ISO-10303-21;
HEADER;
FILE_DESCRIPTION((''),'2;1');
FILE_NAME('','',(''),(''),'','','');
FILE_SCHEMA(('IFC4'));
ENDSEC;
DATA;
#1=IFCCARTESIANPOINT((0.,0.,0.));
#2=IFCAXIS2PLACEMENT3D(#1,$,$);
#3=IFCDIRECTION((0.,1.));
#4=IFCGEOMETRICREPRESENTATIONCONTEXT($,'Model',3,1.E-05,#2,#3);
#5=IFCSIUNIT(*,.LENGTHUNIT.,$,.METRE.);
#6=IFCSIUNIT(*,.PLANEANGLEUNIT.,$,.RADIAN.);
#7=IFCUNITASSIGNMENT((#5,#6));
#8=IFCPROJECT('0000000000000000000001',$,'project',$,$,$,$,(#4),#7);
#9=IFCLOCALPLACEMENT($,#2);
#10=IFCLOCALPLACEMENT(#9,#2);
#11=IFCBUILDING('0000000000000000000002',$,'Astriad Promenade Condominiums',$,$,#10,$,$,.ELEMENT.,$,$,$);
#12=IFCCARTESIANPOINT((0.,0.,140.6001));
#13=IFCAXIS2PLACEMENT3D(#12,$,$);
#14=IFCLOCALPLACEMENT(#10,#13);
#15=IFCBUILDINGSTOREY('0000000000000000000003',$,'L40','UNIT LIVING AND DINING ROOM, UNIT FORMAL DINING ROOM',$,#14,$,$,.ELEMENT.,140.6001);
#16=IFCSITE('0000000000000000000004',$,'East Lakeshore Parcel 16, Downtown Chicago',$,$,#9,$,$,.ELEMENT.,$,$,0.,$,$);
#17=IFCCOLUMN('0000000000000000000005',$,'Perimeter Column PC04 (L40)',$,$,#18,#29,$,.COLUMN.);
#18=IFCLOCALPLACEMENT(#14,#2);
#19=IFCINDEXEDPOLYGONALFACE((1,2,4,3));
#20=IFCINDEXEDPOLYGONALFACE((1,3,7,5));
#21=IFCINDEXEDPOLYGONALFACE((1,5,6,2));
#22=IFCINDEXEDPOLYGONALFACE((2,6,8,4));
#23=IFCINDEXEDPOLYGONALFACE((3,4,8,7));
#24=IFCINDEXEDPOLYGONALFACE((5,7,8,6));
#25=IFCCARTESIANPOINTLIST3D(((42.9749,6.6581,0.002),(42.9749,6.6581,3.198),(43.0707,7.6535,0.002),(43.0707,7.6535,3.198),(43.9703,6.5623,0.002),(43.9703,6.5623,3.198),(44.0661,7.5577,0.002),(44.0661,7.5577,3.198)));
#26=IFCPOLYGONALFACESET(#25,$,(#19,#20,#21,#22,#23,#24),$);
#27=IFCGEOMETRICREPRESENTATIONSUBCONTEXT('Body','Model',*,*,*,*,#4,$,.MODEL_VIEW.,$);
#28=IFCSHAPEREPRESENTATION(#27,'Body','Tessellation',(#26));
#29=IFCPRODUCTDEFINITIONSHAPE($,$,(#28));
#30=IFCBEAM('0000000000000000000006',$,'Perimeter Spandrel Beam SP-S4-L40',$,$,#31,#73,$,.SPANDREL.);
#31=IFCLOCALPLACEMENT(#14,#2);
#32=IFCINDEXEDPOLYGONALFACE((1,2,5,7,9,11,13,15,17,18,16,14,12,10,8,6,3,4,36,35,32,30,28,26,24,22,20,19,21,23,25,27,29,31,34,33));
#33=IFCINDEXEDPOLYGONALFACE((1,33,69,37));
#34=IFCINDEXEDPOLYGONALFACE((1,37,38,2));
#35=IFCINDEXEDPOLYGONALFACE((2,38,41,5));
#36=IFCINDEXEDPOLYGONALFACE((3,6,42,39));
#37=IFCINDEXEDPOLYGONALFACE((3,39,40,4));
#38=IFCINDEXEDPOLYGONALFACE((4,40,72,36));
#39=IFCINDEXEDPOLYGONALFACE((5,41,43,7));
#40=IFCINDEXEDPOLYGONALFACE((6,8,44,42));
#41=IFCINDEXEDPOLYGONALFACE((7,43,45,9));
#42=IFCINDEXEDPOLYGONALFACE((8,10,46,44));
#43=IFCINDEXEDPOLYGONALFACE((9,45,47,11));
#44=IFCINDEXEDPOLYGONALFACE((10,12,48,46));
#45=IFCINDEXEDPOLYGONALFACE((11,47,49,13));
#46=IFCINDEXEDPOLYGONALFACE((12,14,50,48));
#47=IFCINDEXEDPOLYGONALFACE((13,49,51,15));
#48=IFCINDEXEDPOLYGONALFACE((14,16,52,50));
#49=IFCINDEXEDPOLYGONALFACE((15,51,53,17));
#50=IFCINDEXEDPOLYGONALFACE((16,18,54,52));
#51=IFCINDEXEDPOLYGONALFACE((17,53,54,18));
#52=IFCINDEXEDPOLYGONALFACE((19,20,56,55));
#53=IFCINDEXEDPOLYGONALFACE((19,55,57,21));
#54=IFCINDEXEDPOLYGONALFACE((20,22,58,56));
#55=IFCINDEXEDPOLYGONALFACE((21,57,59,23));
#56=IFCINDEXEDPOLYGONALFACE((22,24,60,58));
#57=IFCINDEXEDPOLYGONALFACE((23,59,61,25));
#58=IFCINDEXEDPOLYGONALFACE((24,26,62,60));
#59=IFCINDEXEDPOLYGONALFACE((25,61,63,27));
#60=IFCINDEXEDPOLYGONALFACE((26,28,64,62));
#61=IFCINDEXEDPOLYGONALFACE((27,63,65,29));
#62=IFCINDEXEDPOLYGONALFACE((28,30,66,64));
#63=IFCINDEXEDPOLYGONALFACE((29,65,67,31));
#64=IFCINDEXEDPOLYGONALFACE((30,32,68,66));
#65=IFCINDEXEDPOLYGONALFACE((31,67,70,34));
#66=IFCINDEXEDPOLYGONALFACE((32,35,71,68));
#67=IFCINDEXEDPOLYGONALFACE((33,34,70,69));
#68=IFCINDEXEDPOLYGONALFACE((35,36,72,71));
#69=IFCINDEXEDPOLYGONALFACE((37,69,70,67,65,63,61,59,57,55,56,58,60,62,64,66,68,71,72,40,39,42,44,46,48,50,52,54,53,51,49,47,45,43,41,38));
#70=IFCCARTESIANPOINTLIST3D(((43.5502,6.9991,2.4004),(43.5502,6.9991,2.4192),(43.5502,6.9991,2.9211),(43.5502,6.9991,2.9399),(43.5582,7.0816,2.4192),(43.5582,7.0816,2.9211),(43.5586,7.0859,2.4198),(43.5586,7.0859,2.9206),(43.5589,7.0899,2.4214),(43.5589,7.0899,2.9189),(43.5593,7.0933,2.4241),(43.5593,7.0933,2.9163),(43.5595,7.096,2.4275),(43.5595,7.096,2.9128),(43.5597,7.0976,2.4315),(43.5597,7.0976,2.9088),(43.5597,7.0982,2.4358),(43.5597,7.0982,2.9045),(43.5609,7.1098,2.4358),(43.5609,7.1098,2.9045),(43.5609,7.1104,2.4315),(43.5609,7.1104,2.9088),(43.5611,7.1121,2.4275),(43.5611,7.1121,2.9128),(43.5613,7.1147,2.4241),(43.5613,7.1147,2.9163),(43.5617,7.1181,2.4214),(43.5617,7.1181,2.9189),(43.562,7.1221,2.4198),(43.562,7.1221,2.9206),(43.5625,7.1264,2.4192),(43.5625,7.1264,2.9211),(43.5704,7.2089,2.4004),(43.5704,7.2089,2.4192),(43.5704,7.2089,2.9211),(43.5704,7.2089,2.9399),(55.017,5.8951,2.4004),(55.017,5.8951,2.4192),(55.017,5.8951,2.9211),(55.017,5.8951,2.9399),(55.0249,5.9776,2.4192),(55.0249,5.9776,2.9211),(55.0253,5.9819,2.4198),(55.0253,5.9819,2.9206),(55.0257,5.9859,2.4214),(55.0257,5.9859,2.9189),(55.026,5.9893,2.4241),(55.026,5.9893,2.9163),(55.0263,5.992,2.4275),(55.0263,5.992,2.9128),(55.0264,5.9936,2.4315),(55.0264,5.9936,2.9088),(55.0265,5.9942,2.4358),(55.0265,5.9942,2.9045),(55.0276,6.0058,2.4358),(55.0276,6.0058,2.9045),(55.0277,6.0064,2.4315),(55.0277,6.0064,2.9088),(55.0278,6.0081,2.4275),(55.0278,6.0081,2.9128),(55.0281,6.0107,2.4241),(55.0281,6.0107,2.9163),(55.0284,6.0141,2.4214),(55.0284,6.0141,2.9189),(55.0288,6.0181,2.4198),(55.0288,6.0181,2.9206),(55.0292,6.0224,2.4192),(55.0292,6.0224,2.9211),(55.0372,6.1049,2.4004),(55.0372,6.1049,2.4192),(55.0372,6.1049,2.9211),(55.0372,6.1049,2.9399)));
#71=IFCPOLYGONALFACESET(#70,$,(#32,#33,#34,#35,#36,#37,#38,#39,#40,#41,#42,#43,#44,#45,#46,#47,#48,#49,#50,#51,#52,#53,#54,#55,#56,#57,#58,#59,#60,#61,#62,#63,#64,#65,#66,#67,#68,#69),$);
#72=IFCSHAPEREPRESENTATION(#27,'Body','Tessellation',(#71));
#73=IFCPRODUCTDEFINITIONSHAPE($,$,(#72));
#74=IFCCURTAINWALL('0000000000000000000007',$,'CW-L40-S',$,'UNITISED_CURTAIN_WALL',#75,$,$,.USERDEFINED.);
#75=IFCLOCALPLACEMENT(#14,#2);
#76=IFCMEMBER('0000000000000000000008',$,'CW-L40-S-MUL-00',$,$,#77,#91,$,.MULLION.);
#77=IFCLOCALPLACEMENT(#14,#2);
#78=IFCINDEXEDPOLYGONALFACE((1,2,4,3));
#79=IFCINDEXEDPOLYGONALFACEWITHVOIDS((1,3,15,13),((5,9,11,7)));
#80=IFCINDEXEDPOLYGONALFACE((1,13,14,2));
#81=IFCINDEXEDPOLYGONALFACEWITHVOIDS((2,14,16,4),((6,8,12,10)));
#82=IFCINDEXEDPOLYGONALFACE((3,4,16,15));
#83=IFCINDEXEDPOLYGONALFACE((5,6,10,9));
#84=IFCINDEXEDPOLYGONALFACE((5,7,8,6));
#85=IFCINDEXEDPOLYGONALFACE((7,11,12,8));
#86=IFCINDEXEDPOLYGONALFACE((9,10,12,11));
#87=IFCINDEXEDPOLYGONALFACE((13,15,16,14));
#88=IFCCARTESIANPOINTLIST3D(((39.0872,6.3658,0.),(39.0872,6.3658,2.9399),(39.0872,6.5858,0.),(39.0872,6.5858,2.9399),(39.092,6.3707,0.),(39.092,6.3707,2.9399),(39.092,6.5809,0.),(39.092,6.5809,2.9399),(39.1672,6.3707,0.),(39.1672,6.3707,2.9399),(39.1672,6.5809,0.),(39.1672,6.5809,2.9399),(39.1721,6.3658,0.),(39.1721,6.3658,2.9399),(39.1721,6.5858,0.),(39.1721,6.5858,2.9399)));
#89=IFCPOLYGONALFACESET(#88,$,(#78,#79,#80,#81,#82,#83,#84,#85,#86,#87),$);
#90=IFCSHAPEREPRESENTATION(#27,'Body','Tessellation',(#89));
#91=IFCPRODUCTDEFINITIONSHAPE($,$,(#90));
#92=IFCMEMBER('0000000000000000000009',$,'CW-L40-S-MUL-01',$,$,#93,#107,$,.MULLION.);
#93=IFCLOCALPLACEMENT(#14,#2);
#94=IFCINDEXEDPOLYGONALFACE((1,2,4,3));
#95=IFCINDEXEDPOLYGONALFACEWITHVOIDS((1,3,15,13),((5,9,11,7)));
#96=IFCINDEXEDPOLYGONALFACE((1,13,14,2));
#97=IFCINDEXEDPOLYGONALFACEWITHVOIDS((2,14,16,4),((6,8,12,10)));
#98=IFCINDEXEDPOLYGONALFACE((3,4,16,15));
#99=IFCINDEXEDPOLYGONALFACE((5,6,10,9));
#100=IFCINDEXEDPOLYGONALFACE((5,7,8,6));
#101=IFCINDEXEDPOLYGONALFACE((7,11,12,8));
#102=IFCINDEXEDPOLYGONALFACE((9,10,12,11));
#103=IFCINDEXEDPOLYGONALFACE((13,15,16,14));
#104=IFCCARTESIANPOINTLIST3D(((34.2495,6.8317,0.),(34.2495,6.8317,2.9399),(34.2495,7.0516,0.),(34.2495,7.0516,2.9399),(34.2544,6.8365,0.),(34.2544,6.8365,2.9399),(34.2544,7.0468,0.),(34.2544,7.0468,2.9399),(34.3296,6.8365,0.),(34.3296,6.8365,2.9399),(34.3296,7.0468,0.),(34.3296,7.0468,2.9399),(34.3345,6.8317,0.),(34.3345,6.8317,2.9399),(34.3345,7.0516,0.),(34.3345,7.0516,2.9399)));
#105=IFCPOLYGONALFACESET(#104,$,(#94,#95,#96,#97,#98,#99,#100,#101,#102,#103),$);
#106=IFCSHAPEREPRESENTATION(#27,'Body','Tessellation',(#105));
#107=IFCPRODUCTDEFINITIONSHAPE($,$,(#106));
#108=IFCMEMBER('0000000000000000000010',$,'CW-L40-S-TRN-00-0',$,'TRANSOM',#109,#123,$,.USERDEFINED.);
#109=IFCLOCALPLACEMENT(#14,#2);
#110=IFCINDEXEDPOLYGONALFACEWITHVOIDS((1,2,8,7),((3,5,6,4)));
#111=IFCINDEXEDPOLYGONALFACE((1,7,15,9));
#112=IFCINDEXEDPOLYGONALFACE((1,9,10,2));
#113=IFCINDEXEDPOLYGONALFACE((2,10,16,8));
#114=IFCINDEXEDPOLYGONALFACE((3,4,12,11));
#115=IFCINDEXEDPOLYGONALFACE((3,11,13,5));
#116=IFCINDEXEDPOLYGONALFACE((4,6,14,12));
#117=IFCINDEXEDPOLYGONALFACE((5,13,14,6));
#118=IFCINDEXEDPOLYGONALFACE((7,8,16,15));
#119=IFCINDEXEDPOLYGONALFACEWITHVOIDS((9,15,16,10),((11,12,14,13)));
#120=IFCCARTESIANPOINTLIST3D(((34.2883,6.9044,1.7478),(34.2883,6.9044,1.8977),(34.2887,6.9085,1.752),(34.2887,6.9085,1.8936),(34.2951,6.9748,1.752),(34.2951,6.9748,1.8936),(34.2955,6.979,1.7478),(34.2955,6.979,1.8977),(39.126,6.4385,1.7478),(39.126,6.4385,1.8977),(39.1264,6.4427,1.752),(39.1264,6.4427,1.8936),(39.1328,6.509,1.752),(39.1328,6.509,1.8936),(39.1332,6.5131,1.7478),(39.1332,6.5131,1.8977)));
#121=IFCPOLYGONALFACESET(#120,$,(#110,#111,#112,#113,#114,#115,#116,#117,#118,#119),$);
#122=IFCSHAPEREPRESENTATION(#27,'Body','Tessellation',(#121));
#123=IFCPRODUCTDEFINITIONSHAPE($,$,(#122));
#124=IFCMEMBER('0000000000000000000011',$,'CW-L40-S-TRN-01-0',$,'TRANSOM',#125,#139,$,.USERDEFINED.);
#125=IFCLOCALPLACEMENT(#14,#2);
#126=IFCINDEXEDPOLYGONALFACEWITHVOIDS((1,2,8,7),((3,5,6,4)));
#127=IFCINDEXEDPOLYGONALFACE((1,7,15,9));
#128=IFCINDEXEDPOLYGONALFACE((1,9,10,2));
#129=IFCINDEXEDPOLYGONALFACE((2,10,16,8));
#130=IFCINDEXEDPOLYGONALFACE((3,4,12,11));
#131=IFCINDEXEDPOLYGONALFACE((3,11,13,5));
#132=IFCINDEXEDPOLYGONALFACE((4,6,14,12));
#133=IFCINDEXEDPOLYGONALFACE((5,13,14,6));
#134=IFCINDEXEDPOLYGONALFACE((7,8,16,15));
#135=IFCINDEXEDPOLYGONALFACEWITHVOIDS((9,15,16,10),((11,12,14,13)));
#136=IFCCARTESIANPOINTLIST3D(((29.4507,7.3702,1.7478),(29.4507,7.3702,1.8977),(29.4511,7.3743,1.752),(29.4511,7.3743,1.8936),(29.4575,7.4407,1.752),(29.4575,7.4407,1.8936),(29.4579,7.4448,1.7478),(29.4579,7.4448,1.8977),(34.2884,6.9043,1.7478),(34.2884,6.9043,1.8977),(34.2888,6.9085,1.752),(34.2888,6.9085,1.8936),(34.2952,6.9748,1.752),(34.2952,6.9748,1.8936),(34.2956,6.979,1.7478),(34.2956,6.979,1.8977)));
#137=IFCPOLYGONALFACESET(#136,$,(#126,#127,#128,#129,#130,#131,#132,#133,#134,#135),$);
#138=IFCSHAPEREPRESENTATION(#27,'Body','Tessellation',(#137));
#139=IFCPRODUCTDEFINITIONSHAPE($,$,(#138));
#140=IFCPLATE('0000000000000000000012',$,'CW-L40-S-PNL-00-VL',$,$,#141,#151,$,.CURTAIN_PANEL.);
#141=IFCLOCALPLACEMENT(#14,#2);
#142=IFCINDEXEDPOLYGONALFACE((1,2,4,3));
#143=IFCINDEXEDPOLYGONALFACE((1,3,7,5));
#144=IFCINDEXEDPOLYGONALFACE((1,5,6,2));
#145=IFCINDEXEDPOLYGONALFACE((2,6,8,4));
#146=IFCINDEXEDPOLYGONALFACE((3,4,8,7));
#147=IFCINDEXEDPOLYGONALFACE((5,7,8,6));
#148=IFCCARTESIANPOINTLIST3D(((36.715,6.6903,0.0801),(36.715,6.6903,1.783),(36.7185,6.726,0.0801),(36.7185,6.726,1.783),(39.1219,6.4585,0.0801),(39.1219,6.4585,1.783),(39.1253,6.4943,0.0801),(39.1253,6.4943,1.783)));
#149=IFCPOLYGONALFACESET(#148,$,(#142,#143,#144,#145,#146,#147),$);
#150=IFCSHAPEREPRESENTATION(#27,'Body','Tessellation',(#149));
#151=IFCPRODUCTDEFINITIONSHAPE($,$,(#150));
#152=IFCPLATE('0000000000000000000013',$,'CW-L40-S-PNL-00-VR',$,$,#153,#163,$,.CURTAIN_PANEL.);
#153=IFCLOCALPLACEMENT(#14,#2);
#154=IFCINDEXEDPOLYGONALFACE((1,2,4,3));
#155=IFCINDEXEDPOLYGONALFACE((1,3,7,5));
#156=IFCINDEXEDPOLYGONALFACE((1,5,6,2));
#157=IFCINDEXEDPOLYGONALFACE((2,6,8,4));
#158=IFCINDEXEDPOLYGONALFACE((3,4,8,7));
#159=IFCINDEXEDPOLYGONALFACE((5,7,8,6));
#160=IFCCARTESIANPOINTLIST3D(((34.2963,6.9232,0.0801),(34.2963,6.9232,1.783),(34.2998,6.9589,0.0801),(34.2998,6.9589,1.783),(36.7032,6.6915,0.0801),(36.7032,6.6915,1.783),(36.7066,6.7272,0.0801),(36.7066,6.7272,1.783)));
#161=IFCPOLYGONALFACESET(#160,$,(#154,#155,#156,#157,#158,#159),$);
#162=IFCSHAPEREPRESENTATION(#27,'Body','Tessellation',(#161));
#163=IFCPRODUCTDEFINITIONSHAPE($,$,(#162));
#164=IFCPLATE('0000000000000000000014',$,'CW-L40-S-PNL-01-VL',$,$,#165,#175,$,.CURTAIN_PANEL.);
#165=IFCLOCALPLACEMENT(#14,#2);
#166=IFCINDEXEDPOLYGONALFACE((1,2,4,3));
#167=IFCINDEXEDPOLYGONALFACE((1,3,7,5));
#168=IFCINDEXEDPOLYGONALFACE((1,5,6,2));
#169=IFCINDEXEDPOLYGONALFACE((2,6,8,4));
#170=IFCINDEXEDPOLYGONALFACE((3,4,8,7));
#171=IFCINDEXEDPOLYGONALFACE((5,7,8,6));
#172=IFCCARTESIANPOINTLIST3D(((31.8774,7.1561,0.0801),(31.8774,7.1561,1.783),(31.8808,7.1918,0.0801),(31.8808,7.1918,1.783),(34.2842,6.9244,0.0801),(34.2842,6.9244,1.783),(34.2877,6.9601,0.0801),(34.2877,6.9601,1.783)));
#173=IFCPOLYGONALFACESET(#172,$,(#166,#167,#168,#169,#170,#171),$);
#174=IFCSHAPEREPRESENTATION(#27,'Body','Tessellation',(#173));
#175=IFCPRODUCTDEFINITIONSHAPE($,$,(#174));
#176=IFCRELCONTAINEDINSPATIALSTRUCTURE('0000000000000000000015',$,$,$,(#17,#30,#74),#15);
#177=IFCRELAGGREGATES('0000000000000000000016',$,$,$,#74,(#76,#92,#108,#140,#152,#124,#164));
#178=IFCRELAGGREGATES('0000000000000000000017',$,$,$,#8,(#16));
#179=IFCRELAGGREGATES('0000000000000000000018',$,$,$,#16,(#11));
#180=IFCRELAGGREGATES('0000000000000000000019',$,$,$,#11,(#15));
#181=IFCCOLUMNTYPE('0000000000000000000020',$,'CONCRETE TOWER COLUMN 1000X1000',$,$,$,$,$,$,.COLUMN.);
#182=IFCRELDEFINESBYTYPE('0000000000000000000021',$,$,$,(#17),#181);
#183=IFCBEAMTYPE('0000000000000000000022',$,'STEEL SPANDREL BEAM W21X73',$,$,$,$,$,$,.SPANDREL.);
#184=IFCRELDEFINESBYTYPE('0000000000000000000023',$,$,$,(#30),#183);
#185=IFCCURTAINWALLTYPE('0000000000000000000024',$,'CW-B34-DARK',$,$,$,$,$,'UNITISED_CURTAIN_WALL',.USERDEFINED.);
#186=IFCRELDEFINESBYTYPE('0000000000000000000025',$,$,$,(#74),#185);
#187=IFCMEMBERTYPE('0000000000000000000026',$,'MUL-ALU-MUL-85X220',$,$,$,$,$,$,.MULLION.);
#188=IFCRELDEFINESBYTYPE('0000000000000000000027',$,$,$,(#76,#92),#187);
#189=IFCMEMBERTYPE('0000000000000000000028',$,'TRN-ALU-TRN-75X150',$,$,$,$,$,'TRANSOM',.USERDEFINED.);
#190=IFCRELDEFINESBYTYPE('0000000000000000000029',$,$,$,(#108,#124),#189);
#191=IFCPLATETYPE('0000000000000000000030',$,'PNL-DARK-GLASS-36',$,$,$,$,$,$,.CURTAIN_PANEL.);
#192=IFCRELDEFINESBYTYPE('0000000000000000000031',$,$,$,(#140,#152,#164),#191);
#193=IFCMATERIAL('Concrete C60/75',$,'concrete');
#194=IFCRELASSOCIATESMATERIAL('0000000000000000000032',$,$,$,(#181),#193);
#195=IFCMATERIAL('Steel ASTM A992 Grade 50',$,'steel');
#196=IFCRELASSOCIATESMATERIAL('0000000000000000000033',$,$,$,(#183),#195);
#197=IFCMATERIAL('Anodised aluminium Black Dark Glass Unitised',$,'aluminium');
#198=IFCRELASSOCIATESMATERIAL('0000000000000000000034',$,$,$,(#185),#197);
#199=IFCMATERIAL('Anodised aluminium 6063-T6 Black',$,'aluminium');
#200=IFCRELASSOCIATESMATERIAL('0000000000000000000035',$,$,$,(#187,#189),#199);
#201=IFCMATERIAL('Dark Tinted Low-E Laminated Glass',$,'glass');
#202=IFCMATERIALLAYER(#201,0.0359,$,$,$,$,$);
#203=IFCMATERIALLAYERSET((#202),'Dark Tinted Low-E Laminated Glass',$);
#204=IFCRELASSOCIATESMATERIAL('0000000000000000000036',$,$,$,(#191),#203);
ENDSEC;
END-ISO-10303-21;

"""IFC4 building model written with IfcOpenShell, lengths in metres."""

from ifc_helpers import new_model, si_unit, direction, frame, origin, origin_2d, place, context, subcontext, project, spatial, rectangle, hollow_rectangle, i_section, extrude, source, transform, mapped, material, layer, layer_set, material_profile, profile_set, type_object, type_shapes, element, aggregate, save


model = new_model("IFC4")

# Units and contexts
model_context = context("Model", 3, precision=1e-05, world=origin(), true_north=direction((0.0, 1.0)))
body_context = subcontext(model_context, "Body", "Model", "MODEL_VIEW")
ifc_project = project(units=[si_unit("LENGTHUNIT", "METRE"), si_unit("PLANEANGLEUNIT", "RADIAN")], contexts=[model_context])

# Site, building, storey
site_placement = place(None, origin())
site = spatial("IfcSite", under=ifc_project, at=site_placement, Name="East Lakeshore Parcel 16, Downtown Chicago", CompositionType="ELEMENT", RefElevation=0.0)
building_placement = place(site_placement, origin())
building = spatial("IfcBuilding", under=site, at=building_placement, Name="Astriad Promenade Condominiums", CompositionType="ELEMENT")
storey_placement = place(building_placement, frame((0.0, 0.0, 140.6001)))
storey = spatial("IfcBuildingStorey", under=building, at=storey_placement, Name="L40", Description="UNIT LIVING AND DINING ROOM, UNIT FORMAL DINING ROOM", CompositionType="ELEMENT", Elevation=140.6001)

# Column
ifc_material_1 = material(Name="Concrete C60/75", Category="concrete")
ifc_material_profile_1 = material_profile(ifc_material_1, rectangle(XDim=1.0, YDim=1.0, at=origin_2d()), Name="RC-COL-1000X1000")
ifc_profile_set_1 = profile_set([ifc_material_profile_1], Name="Concrete C60/75")
column_type = type_object("IfcColumnType", Name="CONCRETE TOWER COLUMN 1000X1000", PredefinedType="COLUMN", material=ifc_profile_set_1)
shared_shape_1 = source(origin(), body_context, "Body", "SweptSolid", [
    extrude(rectangle(XDim=1.0, YDim=1.0, at=origin_2d()), origin(), (0.0, 0.0, 1.0), 3.196),
])
type_shapes(column_type, [shared_shape_1])
column_placement = place(storey_placement, frame((43.5205, 7.1079, 0.002), z_axis=(0.0, 0.0, 1.0), x_axis=(0.995396, -0.095846, 0.0)))
element("IfcColumn", 1, at=column_placement, inside=storey, type_object=column_type, Name="Perimeter Column PC04 (L40)", PredefinedType="COLUMN", context=body_context, shape_type="MappedRepresentation", body=[
    mapped(shared_shape_1, transform((0.0, 0.0, 0.0), scale=1.0)),
])

# Beam
ifc_material_2 = material(Name="Steel ASTM A992 Grade 50", Category="steel")
ifc_material_profile_2 = material_profile(ifc_material_2, i_section(OverallWidth=0.2107, OverallDepth=0.5396, WebThickness=0.0117, FlangeThickness=0.0188, FilletRadius=0.0166, at=origin_2d()), Name="W21X73")
ifc_profile_set_2 = profile_set([ifc_material_profile_2], Name="Steel ASTM A992 Grade 50")
beam_type = type_object("IfcBeamType", Name="STEEL SPANDREL BEAM W21X73", PredefinedType="SPANDREL", material=ifc_profile_set_2)
shared_shape_2 = source(origin(), body_context, "Body", "SweptSolid", [
    extrude(i_section(OverallWidth=0.2107, OverallDepth=0.5396, WebThickness=0.0117, FlangeThickness=0.0188, FilletRadius=0.0166, at=origin_2d()), origin(), (0.0, 0.0, 1.0), 11.5198),
])
type_shapes(beam_type, [shared_shape_2])
beam_placement = place(storey_placement, frame((43.5603, 7.104, 2.6702), z_axis=(0.995397, -0.095835, 0.0), x_axis=(0.095835, 0.995397, 0.0)))
element("IfcBeam", 2, at=beam_placement, inside=storey, type_object=beam_type, Name="Perimeter Spandrel Beam SP-S4-L40", PredefinedType="SPANDREL", context=body_context, shape_type="MappedRepresentation", body=[
    mapped(shared_shape_2, transform((0.0, 0.0, 0.0), scale=1.0)),
])

# Curtain wall, members, plates
ifc_material_3 = material(Name="Anodised aluminium Black Dark Glass Unitised", Category="aluminium")
curtain_wall_type = type_object("IfcCurtainWallType", Name="CW-B34-DARK", ElementType="UNITISED_CURTAIN_WALL", PredefinedType="USERDEFINED", material=ifc_material_3)
curtain_wall_placement = place(storey_placement, origin())
curtain_wall = element("IfcCurtainWall", 3, at=curtain_wall_placement, inside=storey, type_object=curtain_wall_type, Name="CW-L40-S", ObjectType="UNITISED_CURTAIN_WALL", PredefinedType="USERDEFINED")
ifc_material_4 = material(Name="Anodised aluminium 6063-T6 Black", Category="aluminium")
ifc_material_profile_3 = material_profile(ifc_material_4, hollow_rectangle(XDim=0.085, YDim=0.22, WallThickness=0.0049, at=origin_2d()), Name="ALU-MUL-85X220")
ifc_profile_set_3 = profile_set([ifc_material_profile_3], Name="Anodised aluminium 6063-T6 Black")
member_type_1 = type_object("IfcMemberType", Name="MUL-ALU-MUL-85X220", PredefinedType="MULLION", material=ifc_profile_set_3)
shared_shape_3 = source(origin(), body_context, "Body", "SweptSolid", [
    extrude(hollow_rectangle(XDim=0.085, YDim=0.22, WallThickness=0.0049, at=origin_2d()), origin(), (0.0, 0.0, 1.0), 2.9399),
])
type_shapes(member_type_1, [shared_shape_3])
member_1_placement = place(storey_placement, frame((39.1296, 6.4758, 0.0), z_axis=(0.0, 0.0, 1.0), x_axis=(1.0, 0.0, 0.0)))
member_1 = element("IfcMember", 4, at=member_1_placement, type_object=member_type_1, Name="CW-L40-S-MUL-00", PredefinedType="MULLION", context=body_context, shape_type="MappedRepresentation", body=[
    mapped(shared_shape_3, transform((0.0, 0.0, 0.0), scale=1.0)),
])
member_2_placement = place(storey_placement, frame((34.292, 6.9417, 0.0), z_axis=(0.0, 0.0, 1.0), x_axis=(1.0, 0.0, 0.0)))
member_2 = element("IfcMember", 5, at=member_2_placement, type_object=member_type_1, Name="CW-L40-S-MUL-01", PredefinedType="MULLION", context=body_context, shape_type="MappedRepresentation", body=[
    mapped(shared_shape_3, transform((0.0, 0.0, 0.0), scale=1.0)),
])
ifc_material_profile_4 = material_profile(ifc_material_4, hollow_rectangle(XDim=0.075, YDim=0.1499, WallThickness=0.0042, at=origin_2d()), Name="ALU-TRN-75X150")
ifc_profile_set_4 = profile_set([ifc_material_profile_4], Name="Anodised aluminium 6063-T6 Black")
member_type_2 = type_object("IfcMemberType", Name="TRN-ALU-TRN-75X150", ElementType="TRANSOM", PredefinedType="USERDEFINED", material=ifc_profile_set_4)
shared_shape_4 = source(origin(), body_context, "Body", "SweptSolid", [
    extrude(hollow_rectangle(XDim=0.075, YDim=0.1499, WallThickness=0.0042, at=origin_2d()), origin(), (0.0, 0.0, 1.0), 4.8601),
])
type_shapes(member_type_2, [shared_shape_4])
member_3_placement = place(storey_placement, frame((39.1296, 6.4758, 1.8228), z_axis=(-0.995396, 0.095847, 0.0), x_axis=(-0.095847, -0.995396, 0.0)))
member_3 = element("IfcMember", 6, at=member_3_placement, type_object=member_type_2, Name="CW-L40-S-TRN-00-0", ObjectType="TRANSOM", PredefinedType="USERDEFINED", context=body_context, shape_type="MappedRepresentation", body=[
    mapped(shared_shape_4, transform((0.0, 0.0, 0.0), scale=1.0)),
])
member_4_placement = place(storey_placement, frame((34.292, 6.9417, 1.8228), z_axis=(-0.995396, 0.095847, 0.0), x_axis=(-0.095847, -0.995396, 0.0)))
member_4 = element("IfcMember", 7, at=member_4_placement, type_object=member_type_2, Name="CW-L40-S-TRN-01-0", ObjectType="TRANSOM", PredefinedType="USERDEFINED", context=body_context, shape_type="MappedRepresentation", body=[
    mapped(shared_shape_4, transform((0.0, 0.0, 0.0), scale=1.0)),
])
ifc_material_5 = material(Name="Dark Tinted Low-E Laminated Glass", Category="glass")
ifc_layer_1 = layer(ifc_material_5, 0.0359)
ifc_layer_set_1 = layer_set([ifc_layer_1], Name="Dark Tinted Low-E Laminated Glass")
plate_type = type_object("IfcPlateType", Name="PNL-DARK-GLASS-36", PredefinedType="CURTAIN_PANEL", material=ifc_layer_set_1)
shared_shape_5 = source(origin(), body_context, "Body", "SweptSolid", [
    extrude(rectangle(XDim=2.418, YDim=0.0359, at=origin_2d()), origin(), (0.0, 0.0, 1.0), 1.7029),
])
plate_1_placement = place(storey_placement, frame((37.9202, 6.5923, 0.0801), z_axis=(0.0, 0.0, 1.0), x_axis=(-0.995396, 0.095846, 0.0)))
plate_1 = element("IfcPlate", 8, at=plate_1_placement, type_object=plate_type, Name="CW-L40-S-PNL-00-VL", PredefinedType="CURTAIN_PANEL", context=body_context, shape_type="MappedRepresentation", body=[
    mapped(shared_shape_5, transform((0.0, 0.0, 0.0), scale=1.0)),
])
plate_2_placement = place(storey_placement, frame((35.5015, 6.8252, 0.0801), z_axis=(0.0, 0.0, 1.0), x_axis=(-0.995396, 0.095846, 0.0)))
plate_2 = element("IfcPlate", 9, at=plate_2_placement, type_object=plate_type, Name="CW-L40-S-PNL-00-VR", PredefinedType="CURTAIN_PANEL", context=body_context, shape_type="MappedRepresentation", body=[
    mapped(shared_shape_5, transform((0.0, 0.0, 0.0), scale=1.0)),
])
plate_3_placement = place(storey_placement, frame((33.0825, 7.0581, 0.0801), z_axis=(0.0, 0.0, 1.0), x_axis=(-0.995396, 0.095846, 0.0)))
plate_3 = element("IfcPlate", 10, at=plate_3_placement, type_object=plate_type, Name="CW-L40-S-PNL-01-VL", PredefinedType="CURTAIN_PANEL", context=body_context, shape_type="MappedRepresentation", body=[
    mapped(shared_shape_5, transform((0.0, 0.0, 0.0), scale=1.0)),
])
aggregate(curtain_wall, [member_1, member_2, member_3, plate_1, plate_2, member_4, plate_3])

save(model, "model.ifc")
